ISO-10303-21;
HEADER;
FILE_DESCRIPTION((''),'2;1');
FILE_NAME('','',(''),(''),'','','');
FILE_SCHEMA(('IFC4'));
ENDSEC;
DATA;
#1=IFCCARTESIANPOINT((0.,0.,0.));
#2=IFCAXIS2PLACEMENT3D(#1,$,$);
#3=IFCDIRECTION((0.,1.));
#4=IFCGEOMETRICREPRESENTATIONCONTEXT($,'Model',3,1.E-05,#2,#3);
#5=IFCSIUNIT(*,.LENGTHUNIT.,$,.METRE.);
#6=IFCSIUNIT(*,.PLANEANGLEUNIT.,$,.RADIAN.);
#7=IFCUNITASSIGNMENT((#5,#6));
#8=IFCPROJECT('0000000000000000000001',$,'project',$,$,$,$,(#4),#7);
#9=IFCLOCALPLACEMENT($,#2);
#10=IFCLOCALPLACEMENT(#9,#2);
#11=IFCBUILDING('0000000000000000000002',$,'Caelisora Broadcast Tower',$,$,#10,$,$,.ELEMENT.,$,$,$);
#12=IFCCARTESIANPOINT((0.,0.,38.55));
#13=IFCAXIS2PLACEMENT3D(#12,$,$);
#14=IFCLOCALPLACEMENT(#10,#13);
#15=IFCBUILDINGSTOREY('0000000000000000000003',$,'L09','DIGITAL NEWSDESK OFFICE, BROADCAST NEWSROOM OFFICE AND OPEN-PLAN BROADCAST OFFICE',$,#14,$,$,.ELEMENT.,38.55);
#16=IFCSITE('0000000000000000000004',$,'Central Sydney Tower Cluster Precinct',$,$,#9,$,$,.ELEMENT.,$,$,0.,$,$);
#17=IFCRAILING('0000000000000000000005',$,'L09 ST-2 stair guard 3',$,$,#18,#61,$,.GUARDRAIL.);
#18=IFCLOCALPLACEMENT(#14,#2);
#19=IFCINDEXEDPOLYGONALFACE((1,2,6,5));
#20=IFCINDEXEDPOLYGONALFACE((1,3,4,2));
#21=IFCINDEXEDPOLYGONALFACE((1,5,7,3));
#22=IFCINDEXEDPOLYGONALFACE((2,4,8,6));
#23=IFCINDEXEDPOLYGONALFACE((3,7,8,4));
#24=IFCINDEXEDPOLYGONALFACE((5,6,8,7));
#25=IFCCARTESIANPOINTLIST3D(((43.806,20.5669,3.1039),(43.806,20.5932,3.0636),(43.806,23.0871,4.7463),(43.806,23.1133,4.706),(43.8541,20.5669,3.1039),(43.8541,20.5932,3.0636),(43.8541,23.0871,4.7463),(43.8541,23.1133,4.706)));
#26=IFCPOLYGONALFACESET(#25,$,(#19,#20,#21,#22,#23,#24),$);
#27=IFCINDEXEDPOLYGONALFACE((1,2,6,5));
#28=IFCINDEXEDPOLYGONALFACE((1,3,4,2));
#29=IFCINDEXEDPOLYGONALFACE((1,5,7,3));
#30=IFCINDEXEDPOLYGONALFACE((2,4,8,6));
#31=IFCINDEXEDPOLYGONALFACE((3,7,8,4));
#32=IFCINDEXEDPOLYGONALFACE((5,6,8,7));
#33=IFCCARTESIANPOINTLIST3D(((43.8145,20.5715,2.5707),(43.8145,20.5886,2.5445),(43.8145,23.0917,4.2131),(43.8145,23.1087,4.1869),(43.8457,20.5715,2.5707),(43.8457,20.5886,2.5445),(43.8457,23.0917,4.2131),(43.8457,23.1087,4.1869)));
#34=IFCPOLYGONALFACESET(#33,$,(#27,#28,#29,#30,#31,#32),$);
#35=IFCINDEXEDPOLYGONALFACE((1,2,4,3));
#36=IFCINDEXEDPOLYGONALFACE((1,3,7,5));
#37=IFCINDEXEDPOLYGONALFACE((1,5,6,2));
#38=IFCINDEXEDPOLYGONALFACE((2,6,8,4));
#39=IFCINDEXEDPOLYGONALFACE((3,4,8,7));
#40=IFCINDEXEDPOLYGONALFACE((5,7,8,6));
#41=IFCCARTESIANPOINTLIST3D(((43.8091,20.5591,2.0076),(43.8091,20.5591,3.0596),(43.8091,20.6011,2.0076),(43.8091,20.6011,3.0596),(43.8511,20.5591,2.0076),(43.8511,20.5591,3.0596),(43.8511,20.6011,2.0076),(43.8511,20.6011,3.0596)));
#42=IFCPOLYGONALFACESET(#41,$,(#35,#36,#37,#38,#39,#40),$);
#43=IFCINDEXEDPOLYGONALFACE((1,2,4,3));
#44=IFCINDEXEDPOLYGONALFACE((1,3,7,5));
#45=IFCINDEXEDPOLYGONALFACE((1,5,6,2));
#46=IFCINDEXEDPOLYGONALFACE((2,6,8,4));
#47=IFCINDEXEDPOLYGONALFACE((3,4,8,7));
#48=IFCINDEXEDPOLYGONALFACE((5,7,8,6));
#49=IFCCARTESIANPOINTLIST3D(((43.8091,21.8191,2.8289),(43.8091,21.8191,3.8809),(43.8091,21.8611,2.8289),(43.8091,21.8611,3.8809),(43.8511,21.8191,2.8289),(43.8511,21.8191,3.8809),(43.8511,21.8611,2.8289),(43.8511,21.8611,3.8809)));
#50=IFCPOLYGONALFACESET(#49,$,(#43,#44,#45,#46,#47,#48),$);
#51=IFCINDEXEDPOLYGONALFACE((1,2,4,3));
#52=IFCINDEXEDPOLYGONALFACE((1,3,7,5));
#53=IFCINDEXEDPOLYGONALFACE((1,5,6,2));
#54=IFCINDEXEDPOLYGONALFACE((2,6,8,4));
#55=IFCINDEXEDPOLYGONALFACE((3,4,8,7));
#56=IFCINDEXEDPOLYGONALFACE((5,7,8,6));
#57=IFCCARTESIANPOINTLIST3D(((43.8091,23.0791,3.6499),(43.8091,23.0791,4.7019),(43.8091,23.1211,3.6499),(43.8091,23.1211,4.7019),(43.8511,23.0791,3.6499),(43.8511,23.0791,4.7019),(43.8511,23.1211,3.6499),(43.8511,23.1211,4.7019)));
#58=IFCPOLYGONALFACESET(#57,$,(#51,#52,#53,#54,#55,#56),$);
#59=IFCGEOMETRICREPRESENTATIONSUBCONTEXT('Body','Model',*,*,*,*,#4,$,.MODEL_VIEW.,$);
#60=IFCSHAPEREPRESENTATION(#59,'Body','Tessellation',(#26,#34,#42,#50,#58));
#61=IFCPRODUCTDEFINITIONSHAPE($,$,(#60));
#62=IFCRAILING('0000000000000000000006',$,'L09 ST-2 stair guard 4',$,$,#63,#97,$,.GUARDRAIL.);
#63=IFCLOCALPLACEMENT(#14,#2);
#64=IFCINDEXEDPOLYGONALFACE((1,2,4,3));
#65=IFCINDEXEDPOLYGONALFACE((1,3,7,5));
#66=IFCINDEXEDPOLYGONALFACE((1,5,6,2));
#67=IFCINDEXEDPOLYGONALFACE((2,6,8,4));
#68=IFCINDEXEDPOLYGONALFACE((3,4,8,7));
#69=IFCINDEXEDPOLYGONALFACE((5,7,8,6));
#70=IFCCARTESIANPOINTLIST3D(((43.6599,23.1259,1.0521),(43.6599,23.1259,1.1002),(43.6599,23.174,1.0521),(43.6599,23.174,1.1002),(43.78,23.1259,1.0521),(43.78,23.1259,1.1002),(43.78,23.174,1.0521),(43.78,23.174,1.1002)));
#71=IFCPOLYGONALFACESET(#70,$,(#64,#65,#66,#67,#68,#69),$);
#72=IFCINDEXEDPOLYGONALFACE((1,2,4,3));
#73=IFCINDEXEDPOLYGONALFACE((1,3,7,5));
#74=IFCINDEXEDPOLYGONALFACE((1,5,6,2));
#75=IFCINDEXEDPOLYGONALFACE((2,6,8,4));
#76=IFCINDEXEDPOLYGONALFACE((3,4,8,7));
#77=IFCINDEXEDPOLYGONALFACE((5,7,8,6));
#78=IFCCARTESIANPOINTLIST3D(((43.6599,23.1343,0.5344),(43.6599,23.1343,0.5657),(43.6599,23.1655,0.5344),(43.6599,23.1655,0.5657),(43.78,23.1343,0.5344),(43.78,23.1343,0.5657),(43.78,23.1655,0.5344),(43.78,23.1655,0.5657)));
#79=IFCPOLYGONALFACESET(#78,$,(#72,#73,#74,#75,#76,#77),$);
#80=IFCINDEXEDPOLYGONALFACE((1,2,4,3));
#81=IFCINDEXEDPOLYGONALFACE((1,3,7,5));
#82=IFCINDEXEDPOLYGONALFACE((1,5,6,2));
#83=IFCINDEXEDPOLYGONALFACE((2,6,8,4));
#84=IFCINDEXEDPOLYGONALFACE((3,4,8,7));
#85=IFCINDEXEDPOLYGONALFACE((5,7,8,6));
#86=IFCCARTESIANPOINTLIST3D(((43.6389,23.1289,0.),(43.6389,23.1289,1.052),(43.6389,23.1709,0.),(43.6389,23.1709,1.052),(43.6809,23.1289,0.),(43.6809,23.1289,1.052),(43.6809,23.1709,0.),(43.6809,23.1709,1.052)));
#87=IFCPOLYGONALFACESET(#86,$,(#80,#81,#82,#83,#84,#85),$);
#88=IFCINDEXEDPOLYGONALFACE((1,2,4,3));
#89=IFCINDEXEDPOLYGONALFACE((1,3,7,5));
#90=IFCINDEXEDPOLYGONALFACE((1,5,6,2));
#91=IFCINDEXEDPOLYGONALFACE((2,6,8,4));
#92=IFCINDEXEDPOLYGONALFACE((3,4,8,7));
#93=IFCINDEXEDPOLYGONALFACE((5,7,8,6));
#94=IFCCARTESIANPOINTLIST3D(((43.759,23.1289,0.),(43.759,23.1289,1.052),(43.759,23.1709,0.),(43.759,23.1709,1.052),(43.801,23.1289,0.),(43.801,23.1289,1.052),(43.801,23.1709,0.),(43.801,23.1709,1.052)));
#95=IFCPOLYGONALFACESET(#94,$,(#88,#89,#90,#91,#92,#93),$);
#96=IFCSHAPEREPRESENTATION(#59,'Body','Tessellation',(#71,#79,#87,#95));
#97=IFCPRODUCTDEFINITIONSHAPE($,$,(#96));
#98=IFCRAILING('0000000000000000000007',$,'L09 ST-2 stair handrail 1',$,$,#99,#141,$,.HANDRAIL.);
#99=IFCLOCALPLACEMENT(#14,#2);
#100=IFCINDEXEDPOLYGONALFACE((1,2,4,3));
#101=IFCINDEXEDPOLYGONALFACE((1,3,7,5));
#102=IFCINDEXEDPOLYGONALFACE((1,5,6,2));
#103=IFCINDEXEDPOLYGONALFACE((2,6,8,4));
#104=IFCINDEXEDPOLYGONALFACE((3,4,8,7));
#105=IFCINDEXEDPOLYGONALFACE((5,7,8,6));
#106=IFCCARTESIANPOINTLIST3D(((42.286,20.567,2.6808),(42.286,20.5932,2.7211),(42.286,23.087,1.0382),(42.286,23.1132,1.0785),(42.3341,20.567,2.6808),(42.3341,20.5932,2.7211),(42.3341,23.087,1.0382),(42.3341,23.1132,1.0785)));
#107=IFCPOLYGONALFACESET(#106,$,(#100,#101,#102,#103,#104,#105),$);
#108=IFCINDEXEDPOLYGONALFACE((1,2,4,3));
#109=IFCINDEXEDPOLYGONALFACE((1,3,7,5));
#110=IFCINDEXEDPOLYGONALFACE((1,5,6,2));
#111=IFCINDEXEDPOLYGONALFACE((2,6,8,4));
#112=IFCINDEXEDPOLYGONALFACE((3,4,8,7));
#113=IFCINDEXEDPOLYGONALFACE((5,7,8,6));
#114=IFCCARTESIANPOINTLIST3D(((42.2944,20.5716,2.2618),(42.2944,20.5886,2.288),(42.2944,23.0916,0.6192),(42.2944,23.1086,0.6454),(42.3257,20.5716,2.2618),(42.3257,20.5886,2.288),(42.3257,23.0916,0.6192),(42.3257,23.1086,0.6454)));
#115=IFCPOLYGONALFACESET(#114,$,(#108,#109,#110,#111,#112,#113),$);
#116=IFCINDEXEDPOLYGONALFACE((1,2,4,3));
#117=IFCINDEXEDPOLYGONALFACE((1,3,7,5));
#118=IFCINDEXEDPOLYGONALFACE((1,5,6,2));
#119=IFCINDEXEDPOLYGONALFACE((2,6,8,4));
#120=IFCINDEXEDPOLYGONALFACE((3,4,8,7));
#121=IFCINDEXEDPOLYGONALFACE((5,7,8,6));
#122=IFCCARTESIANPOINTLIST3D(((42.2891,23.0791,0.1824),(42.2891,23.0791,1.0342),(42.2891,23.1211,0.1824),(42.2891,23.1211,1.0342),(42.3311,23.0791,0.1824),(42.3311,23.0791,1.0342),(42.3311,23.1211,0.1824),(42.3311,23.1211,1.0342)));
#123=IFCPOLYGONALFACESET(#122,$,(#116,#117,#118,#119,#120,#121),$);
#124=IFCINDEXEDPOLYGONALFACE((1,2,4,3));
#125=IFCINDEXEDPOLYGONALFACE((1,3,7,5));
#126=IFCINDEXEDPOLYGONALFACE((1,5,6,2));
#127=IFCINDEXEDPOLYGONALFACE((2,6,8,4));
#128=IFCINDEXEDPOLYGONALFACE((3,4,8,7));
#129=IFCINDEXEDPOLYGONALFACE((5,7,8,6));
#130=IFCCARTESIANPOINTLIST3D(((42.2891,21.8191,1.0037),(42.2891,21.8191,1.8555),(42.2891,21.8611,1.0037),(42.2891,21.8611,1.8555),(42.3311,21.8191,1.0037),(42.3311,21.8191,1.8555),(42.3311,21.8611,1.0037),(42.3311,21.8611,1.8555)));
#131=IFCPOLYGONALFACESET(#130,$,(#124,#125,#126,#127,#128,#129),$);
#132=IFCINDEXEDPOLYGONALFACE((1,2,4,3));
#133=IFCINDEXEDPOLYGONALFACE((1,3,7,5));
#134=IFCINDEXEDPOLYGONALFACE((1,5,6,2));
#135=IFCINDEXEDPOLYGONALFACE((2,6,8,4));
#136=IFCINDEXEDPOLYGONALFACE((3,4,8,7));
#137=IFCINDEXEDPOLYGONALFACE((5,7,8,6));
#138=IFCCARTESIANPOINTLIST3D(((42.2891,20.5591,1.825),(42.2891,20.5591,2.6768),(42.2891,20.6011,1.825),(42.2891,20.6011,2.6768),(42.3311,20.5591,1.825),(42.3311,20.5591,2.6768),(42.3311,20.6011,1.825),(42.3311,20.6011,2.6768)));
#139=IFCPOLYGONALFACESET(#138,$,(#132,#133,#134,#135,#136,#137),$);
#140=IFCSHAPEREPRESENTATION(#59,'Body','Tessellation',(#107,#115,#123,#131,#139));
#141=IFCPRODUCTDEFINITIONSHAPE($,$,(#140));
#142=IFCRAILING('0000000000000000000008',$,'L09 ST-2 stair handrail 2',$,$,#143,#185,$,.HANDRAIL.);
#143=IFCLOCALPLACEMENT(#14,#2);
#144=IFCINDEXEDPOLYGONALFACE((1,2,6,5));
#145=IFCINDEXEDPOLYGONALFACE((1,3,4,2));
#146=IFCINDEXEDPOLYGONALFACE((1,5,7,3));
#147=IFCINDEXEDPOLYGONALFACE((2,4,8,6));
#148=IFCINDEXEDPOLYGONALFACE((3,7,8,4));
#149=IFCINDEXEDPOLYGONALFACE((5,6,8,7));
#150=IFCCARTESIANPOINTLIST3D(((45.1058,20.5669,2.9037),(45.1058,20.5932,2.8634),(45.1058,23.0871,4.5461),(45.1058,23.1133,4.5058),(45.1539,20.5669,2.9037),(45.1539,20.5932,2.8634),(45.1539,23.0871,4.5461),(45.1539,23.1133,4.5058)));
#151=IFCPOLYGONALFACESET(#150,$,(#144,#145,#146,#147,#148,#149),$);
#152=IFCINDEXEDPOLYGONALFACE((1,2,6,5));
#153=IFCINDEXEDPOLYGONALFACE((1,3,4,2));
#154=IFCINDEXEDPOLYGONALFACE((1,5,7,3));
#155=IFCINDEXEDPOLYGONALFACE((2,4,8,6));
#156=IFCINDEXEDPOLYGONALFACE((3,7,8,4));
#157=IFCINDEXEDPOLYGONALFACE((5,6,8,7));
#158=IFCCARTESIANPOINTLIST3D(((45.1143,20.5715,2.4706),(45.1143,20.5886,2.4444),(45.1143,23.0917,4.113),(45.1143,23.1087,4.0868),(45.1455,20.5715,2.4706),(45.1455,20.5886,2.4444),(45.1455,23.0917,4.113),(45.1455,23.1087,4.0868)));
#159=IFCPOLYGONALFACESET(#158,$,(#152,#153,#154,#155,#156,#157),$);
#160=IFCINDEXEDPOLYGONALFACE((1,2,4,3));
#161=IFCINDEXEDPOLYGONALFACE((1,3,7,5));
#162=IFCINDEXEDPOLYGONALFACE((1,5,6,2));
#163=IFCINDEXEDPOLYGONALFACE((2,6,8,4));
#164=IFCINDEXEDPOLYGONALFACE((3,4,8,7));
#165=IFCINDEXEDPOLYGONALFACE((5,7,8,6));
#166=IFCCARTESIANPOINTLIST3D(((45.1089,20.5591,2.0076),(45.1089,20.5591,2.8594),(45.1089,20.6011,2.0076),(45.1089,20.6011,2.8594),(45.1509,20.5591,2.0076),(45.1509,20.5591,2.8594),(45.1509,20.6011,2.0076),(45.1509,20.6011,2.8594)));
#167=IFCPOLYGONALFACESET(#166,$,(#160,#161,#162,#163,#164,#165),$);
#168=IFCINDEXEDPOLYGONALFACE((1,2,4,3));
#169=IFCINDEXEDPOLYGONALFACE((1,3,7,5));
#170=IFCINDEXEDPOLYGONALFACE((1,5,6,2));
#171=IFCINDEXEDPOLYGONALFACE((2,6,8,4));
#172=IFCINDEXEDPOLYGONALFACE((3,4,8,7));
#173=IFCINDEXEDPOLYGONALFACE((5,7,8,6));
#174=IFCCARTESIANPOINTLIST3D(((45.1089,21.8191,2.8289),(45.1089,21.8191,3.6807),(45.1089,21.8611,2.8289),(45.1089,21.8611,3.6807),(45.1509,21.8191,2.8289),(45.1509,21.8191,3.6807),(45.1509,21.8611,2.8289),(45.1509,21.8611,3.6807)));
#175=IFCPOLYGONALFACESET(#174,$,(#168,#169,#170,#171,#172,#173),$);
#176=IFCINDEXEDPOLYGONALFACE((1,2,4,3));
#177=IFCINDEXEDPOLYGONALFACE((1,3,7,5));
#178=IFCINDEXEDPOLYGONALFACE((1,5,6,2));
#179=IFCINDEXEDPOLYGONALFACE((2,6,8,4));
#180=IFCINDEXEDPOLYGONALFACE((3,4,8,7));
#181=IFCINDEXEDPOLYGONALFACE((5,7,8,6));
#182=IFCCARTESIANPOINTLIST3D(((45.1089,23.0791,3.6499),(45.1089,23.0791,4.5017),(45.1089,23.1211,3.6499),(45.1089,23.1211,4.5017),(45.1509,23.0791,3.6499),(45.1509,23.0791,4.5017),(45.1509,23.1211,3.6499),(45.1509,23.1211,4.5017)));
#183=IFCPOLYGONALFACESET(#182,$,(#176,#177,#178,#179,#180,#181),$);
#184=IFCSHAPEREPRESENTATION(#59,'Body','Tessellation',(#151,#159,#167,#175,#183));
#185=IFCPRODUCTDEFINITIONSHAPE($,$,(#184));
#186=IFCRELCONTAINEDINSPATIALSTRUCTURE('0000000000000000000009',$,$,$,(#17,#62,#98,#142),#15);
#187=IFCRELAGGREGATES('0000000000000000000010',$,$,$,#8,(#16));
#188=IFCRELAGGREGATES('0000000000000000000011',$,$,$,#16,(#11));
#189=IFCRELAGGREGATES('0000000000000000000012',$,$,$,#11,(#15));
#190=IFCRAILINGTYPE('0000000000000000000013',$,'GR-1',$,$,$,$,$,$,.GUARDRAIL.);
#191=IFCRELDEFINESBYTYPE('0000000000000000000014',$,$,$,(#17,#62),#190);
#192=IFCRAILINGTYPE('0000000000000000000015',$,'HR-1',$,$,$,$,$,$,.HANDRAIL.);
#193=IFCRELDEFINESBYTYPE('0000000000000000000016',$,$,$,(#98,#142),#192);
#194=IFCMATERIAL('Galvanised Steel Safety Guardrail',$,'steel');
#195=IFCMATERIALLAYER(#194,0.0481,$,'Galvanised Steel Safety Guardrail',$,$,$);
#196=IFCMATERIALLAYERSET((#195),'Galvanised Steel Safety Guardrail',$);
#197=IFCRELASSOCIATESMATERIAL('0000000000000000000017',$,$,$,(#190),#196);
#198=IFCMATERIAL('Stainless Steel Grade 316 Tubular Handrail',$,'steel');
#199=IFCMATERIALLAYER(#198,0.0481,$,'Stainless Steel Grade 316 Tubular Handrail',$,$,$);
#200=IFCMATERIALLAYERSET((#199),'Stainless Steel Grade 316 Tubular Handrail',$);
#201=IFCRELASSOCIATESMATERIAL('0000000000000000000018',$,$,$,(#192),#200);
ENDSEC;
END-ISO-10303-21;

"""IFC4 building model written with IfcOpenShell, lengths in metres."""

from ifc_helpers import new_model, si_unit, direction, frame, origin, origin_2d, place, context, subcontext, project, spatial, rectangle, extrude, material, layer, layer_set, type_object, element, save


model = new_model("IFC4")

# Units and contexts
model_context = context("Model", 3, precision=1e-05, world=origin(), true_north=direction((0.0, 1.0)))
body_context = subcontext(model_context, "Body", "Model", "MODEL_VIEW")
ifc_project = project(units=[si_unit("LENGTHUNIT", "METRE"), si_unit("PLANEANGLEUNIT", "RADIAN")], contexts=[model_context])

# Site, building, storey
site_placement = place(None, origin())
site = spatial("IfcSite", under=ifc_project, at=site_placement, Name="Central Sydney Tower Cluster Precinct", CompositionType="ELEMENT", RefElevation=0.0)
building_placement = place(site_placement, origin())
building = spatial("IfcBuilding", under=site, at=building_placement, Name="Caelisora Broadcast Tower", CompositionType="ELEMENT")
storey_placement = place(building_placement, frame((0.0, 0.0, 38.55)))
storey = spatial("IfcBuildingStorey", under=building, at=storey_placement, Name="L09", Description="DIGITAL NEWSDESK OFFICE, BROADCAST NEWSROOM OFFICE AND OPEN-PLAN BROADCAST OFFICE", CompositionType="ELEMENT", Elevation=38.55)

# Railings
ifc_material_1 = material(Name="Galvanised Steel Safety Guardrail", Category="steel")
ifc_layer_1 = layer(ifc_material_1, 0.0481, Name="Galvanised Steel Safety Guardrail")
ifc_layer_set_1 = layer_set([ifc_layer_1], Name="Galvanised Steel Safety Guardrail")
railing_type_1 = type_object("IfcRailingType", Name="GR-1", PredefinedType="GUARDRAIL", material=ifc_layer_set_1)
railing_1_placement = place(storey_placement, frame((43.8301, 20.5801, 2.0076)))
element("IfcRailing", 1, at=railing_1_placement, inside=storey, type_object=railing_type_1, Name="L09 ST-2 stair guard 3", PredefinedType="GUARDRAIL", context=body_context, shape_type="SweptSolid", body=[
    extrude(rectangle(XDim=0.0481, YDim=0.0481, at=origin_2d()), frame((0.0, 0.0, 1.0762), z_axis=(0.0, 0.837787, 0.545998), x_axis=(-1.0, 0.0, 0.0)), (0.0, 0.0, 1.0), 3.0081),
    extrude(rectangle(XDim=0.0312, YDim=0.0312, at=origin_2d()), frame((0.0, 0.0, 0.55), z_axis=(0.0, 0.837787, 0.545998), x_axis=(-1.0, 0.0, 0.0)), (0.0, 0.0, 1.0), 3.0081),
    extrude(rectangle(XDim=0.042, YDim=0.042, at=origin_2d()), origin(), (0.0, 0.0, 1.0), 1.052),
    extrude(rectangle(XDim=0.042, YDim=0.042, at=origin_2d()), frame((0.0, 1.26, 0.8213)), (0.0, 0.0, 1.0), 1.052),
    extrude(rectangle(XDim=0.042, YDim=0.042, at=origin_2d()), frame((0.0, 2.52, 1.6423)), (0.0, 0.0, 1.0), 1.052),
])
railing_2_placement = place(storey_placement, frame((43.6599, 23.1499, 0.0)))
element("IfcRailing", 2, at=railing_2_placement, inside=storey, type_object=railing_type_1, Name="L09 ST-2 stair guard 4", PredefinedType="GUARDRAIL", context=body_context, shape_type="SweptSolid", body=[
    extrude(rectangle(XDim=0.0481, YDim=0.0481, at=origin_2d()), frame((0.0, 0.0, 1.0762), z_axis=(1.0, 0.0, 0.0), x_axis=(0.0, 1.0, 0.0)), (0.0, 0.0, 1.0), 0.1201),
    extrude(rectangle(XDim=0.0312, YDim=0.0312, at=origin_2d()), frame((0.0, 0.0, 0.55), z_axis=(1.0, 0.0, 0.0), x_axis=(0.0, 1.0, 0.0)), (0.0, 0.0, 1.0), 0.1201),
    extrude(rectangle(XDim=0.042, YDim=0.042, at=origin_2d()), origin(), (0.0, 0.0, 1.0), 1.052),
    extrude(rectangle(XDim=0.042, YDim=0.042, at=origin_2d()), frame((0.1201, 0.0, 0.0)), (0.0, 0.0, 1.0), 1.052),
])
ifc_material_2 = material(Name="Stainless Steel Grade 316 Tubular Handrail", Category="steel")
ifc_layer_2 = layer(ifc_material_2, 0.0481, Name="Stainless Steel Grade 316 Tubular Handrail")
ifc_layer_set_2 = layer_set([ifc_layer_2], Name="Stainless Steel Grade 316 Tubular Handrail")
railing_type_2 = type_object("IfcRailingType", Name="HR-1", PredefinedType="HANDRAIL", material=ifc_layer_set_2)
railing_3_placement = place(storey_placement, frame((42.3101, 23.1001, 0.1824)))
element("IfcRailing", 3, at=railing_3_placement, inside=storey, type_object=railing_type_2, Name="L09 ST-2 stair handrail 1", PredefinedType="HANDRAIL", context=body_context, shape_type="SweptSolid", body=[
    extrude(rectangle(XDim=0.0481, YDim=0.0481, at=origin_2d()), frame((0.0, 0.0, 0.876), z_axis=(0.0, -0.837749, 0.546055), x_axis=(1.0, 0.0, 0.0)), (0.0, 0.0, 1.0), 3.0081),
    extrude(rectangle(XDim=0.0312, YDim=0.0312, at=origin_2d()), frame((0.0, 0.0, 0.45), z_axis=(0.0, -0.837749, 0.546055), x_axis=(1.0, 0.0, 0.0)), (0.0, 0.0, 1.0), 3.0081),
    extrude(rectangle(XDim=0.042, YDim=0.042, at=origin_2d()), origin(), (0.0, 0.0, 1.0), 0.8518),
    extrude(rectangle(XDim=0.042, YDim=0.042, at=origin_2d()), frame((0.0, -1.26, 0.8213)), (0.0, 0.0, 1.0), 0.8518),
    extrude(rectangle(XDim=0.042, YDim=0.042, at=origin_2d()), frame((0.0, -2.52, 1.6426)), (0.0, 0.0, 1.0), 0.8518),
])
railing_4_placement = place(storey_placement, frame((45.1299, 20.5801, 2.0076)))
element("IfcRailing", 4, at=railing_4_placement, inside=storey, type_object=railing_type_2, Name="L09 ST-2 stair handrail 2", PredefinedType="HANDRAIL", context=body_context, shape_type="SweptSolid", body=[
    extrude(rectangle(XDim=0.0481, YDim=0.0481, at=origin_2d()), frame((0.0, 0.0, 0.876), z_axis=(0.0, 0.837787, 0.545998), x_axis=(-1.0, 0.0, 0.0)), (0.0, 0.0, 1.0), 3.0081),
    extrude(rectangle(XDim=0.0312, YDim=0.0312, at=origin_2d()), frame((0.0, 0.0, 0.45), z_axis=(0.0, 0.837787, 0.545998), x_axis=(-1.0, 0.0, 0.0)), (0.0, 0.0, 1.0), 3.0081),
    extrude(rectangle(XDim=0.042, YDim=0.042, at=origin_2d()), origin(), (0.0, 0.0, 1.0), 0.8518),
    extrude(rectangle(XDim=0.042, YDim=0.042, at=origin_2d()), frame((0.0, 1.26, 0.8213)), (0.0, 0.0, 1.0), 0.8518),
    extrude(rectangle(XDim=0.042, YDim=0.042, at=origin_2d()), frame((0.0, 2.52, 1.6423)), (0.0, 0.0, 1.0), 0.8518),
])

save(model, "model.ifc")
